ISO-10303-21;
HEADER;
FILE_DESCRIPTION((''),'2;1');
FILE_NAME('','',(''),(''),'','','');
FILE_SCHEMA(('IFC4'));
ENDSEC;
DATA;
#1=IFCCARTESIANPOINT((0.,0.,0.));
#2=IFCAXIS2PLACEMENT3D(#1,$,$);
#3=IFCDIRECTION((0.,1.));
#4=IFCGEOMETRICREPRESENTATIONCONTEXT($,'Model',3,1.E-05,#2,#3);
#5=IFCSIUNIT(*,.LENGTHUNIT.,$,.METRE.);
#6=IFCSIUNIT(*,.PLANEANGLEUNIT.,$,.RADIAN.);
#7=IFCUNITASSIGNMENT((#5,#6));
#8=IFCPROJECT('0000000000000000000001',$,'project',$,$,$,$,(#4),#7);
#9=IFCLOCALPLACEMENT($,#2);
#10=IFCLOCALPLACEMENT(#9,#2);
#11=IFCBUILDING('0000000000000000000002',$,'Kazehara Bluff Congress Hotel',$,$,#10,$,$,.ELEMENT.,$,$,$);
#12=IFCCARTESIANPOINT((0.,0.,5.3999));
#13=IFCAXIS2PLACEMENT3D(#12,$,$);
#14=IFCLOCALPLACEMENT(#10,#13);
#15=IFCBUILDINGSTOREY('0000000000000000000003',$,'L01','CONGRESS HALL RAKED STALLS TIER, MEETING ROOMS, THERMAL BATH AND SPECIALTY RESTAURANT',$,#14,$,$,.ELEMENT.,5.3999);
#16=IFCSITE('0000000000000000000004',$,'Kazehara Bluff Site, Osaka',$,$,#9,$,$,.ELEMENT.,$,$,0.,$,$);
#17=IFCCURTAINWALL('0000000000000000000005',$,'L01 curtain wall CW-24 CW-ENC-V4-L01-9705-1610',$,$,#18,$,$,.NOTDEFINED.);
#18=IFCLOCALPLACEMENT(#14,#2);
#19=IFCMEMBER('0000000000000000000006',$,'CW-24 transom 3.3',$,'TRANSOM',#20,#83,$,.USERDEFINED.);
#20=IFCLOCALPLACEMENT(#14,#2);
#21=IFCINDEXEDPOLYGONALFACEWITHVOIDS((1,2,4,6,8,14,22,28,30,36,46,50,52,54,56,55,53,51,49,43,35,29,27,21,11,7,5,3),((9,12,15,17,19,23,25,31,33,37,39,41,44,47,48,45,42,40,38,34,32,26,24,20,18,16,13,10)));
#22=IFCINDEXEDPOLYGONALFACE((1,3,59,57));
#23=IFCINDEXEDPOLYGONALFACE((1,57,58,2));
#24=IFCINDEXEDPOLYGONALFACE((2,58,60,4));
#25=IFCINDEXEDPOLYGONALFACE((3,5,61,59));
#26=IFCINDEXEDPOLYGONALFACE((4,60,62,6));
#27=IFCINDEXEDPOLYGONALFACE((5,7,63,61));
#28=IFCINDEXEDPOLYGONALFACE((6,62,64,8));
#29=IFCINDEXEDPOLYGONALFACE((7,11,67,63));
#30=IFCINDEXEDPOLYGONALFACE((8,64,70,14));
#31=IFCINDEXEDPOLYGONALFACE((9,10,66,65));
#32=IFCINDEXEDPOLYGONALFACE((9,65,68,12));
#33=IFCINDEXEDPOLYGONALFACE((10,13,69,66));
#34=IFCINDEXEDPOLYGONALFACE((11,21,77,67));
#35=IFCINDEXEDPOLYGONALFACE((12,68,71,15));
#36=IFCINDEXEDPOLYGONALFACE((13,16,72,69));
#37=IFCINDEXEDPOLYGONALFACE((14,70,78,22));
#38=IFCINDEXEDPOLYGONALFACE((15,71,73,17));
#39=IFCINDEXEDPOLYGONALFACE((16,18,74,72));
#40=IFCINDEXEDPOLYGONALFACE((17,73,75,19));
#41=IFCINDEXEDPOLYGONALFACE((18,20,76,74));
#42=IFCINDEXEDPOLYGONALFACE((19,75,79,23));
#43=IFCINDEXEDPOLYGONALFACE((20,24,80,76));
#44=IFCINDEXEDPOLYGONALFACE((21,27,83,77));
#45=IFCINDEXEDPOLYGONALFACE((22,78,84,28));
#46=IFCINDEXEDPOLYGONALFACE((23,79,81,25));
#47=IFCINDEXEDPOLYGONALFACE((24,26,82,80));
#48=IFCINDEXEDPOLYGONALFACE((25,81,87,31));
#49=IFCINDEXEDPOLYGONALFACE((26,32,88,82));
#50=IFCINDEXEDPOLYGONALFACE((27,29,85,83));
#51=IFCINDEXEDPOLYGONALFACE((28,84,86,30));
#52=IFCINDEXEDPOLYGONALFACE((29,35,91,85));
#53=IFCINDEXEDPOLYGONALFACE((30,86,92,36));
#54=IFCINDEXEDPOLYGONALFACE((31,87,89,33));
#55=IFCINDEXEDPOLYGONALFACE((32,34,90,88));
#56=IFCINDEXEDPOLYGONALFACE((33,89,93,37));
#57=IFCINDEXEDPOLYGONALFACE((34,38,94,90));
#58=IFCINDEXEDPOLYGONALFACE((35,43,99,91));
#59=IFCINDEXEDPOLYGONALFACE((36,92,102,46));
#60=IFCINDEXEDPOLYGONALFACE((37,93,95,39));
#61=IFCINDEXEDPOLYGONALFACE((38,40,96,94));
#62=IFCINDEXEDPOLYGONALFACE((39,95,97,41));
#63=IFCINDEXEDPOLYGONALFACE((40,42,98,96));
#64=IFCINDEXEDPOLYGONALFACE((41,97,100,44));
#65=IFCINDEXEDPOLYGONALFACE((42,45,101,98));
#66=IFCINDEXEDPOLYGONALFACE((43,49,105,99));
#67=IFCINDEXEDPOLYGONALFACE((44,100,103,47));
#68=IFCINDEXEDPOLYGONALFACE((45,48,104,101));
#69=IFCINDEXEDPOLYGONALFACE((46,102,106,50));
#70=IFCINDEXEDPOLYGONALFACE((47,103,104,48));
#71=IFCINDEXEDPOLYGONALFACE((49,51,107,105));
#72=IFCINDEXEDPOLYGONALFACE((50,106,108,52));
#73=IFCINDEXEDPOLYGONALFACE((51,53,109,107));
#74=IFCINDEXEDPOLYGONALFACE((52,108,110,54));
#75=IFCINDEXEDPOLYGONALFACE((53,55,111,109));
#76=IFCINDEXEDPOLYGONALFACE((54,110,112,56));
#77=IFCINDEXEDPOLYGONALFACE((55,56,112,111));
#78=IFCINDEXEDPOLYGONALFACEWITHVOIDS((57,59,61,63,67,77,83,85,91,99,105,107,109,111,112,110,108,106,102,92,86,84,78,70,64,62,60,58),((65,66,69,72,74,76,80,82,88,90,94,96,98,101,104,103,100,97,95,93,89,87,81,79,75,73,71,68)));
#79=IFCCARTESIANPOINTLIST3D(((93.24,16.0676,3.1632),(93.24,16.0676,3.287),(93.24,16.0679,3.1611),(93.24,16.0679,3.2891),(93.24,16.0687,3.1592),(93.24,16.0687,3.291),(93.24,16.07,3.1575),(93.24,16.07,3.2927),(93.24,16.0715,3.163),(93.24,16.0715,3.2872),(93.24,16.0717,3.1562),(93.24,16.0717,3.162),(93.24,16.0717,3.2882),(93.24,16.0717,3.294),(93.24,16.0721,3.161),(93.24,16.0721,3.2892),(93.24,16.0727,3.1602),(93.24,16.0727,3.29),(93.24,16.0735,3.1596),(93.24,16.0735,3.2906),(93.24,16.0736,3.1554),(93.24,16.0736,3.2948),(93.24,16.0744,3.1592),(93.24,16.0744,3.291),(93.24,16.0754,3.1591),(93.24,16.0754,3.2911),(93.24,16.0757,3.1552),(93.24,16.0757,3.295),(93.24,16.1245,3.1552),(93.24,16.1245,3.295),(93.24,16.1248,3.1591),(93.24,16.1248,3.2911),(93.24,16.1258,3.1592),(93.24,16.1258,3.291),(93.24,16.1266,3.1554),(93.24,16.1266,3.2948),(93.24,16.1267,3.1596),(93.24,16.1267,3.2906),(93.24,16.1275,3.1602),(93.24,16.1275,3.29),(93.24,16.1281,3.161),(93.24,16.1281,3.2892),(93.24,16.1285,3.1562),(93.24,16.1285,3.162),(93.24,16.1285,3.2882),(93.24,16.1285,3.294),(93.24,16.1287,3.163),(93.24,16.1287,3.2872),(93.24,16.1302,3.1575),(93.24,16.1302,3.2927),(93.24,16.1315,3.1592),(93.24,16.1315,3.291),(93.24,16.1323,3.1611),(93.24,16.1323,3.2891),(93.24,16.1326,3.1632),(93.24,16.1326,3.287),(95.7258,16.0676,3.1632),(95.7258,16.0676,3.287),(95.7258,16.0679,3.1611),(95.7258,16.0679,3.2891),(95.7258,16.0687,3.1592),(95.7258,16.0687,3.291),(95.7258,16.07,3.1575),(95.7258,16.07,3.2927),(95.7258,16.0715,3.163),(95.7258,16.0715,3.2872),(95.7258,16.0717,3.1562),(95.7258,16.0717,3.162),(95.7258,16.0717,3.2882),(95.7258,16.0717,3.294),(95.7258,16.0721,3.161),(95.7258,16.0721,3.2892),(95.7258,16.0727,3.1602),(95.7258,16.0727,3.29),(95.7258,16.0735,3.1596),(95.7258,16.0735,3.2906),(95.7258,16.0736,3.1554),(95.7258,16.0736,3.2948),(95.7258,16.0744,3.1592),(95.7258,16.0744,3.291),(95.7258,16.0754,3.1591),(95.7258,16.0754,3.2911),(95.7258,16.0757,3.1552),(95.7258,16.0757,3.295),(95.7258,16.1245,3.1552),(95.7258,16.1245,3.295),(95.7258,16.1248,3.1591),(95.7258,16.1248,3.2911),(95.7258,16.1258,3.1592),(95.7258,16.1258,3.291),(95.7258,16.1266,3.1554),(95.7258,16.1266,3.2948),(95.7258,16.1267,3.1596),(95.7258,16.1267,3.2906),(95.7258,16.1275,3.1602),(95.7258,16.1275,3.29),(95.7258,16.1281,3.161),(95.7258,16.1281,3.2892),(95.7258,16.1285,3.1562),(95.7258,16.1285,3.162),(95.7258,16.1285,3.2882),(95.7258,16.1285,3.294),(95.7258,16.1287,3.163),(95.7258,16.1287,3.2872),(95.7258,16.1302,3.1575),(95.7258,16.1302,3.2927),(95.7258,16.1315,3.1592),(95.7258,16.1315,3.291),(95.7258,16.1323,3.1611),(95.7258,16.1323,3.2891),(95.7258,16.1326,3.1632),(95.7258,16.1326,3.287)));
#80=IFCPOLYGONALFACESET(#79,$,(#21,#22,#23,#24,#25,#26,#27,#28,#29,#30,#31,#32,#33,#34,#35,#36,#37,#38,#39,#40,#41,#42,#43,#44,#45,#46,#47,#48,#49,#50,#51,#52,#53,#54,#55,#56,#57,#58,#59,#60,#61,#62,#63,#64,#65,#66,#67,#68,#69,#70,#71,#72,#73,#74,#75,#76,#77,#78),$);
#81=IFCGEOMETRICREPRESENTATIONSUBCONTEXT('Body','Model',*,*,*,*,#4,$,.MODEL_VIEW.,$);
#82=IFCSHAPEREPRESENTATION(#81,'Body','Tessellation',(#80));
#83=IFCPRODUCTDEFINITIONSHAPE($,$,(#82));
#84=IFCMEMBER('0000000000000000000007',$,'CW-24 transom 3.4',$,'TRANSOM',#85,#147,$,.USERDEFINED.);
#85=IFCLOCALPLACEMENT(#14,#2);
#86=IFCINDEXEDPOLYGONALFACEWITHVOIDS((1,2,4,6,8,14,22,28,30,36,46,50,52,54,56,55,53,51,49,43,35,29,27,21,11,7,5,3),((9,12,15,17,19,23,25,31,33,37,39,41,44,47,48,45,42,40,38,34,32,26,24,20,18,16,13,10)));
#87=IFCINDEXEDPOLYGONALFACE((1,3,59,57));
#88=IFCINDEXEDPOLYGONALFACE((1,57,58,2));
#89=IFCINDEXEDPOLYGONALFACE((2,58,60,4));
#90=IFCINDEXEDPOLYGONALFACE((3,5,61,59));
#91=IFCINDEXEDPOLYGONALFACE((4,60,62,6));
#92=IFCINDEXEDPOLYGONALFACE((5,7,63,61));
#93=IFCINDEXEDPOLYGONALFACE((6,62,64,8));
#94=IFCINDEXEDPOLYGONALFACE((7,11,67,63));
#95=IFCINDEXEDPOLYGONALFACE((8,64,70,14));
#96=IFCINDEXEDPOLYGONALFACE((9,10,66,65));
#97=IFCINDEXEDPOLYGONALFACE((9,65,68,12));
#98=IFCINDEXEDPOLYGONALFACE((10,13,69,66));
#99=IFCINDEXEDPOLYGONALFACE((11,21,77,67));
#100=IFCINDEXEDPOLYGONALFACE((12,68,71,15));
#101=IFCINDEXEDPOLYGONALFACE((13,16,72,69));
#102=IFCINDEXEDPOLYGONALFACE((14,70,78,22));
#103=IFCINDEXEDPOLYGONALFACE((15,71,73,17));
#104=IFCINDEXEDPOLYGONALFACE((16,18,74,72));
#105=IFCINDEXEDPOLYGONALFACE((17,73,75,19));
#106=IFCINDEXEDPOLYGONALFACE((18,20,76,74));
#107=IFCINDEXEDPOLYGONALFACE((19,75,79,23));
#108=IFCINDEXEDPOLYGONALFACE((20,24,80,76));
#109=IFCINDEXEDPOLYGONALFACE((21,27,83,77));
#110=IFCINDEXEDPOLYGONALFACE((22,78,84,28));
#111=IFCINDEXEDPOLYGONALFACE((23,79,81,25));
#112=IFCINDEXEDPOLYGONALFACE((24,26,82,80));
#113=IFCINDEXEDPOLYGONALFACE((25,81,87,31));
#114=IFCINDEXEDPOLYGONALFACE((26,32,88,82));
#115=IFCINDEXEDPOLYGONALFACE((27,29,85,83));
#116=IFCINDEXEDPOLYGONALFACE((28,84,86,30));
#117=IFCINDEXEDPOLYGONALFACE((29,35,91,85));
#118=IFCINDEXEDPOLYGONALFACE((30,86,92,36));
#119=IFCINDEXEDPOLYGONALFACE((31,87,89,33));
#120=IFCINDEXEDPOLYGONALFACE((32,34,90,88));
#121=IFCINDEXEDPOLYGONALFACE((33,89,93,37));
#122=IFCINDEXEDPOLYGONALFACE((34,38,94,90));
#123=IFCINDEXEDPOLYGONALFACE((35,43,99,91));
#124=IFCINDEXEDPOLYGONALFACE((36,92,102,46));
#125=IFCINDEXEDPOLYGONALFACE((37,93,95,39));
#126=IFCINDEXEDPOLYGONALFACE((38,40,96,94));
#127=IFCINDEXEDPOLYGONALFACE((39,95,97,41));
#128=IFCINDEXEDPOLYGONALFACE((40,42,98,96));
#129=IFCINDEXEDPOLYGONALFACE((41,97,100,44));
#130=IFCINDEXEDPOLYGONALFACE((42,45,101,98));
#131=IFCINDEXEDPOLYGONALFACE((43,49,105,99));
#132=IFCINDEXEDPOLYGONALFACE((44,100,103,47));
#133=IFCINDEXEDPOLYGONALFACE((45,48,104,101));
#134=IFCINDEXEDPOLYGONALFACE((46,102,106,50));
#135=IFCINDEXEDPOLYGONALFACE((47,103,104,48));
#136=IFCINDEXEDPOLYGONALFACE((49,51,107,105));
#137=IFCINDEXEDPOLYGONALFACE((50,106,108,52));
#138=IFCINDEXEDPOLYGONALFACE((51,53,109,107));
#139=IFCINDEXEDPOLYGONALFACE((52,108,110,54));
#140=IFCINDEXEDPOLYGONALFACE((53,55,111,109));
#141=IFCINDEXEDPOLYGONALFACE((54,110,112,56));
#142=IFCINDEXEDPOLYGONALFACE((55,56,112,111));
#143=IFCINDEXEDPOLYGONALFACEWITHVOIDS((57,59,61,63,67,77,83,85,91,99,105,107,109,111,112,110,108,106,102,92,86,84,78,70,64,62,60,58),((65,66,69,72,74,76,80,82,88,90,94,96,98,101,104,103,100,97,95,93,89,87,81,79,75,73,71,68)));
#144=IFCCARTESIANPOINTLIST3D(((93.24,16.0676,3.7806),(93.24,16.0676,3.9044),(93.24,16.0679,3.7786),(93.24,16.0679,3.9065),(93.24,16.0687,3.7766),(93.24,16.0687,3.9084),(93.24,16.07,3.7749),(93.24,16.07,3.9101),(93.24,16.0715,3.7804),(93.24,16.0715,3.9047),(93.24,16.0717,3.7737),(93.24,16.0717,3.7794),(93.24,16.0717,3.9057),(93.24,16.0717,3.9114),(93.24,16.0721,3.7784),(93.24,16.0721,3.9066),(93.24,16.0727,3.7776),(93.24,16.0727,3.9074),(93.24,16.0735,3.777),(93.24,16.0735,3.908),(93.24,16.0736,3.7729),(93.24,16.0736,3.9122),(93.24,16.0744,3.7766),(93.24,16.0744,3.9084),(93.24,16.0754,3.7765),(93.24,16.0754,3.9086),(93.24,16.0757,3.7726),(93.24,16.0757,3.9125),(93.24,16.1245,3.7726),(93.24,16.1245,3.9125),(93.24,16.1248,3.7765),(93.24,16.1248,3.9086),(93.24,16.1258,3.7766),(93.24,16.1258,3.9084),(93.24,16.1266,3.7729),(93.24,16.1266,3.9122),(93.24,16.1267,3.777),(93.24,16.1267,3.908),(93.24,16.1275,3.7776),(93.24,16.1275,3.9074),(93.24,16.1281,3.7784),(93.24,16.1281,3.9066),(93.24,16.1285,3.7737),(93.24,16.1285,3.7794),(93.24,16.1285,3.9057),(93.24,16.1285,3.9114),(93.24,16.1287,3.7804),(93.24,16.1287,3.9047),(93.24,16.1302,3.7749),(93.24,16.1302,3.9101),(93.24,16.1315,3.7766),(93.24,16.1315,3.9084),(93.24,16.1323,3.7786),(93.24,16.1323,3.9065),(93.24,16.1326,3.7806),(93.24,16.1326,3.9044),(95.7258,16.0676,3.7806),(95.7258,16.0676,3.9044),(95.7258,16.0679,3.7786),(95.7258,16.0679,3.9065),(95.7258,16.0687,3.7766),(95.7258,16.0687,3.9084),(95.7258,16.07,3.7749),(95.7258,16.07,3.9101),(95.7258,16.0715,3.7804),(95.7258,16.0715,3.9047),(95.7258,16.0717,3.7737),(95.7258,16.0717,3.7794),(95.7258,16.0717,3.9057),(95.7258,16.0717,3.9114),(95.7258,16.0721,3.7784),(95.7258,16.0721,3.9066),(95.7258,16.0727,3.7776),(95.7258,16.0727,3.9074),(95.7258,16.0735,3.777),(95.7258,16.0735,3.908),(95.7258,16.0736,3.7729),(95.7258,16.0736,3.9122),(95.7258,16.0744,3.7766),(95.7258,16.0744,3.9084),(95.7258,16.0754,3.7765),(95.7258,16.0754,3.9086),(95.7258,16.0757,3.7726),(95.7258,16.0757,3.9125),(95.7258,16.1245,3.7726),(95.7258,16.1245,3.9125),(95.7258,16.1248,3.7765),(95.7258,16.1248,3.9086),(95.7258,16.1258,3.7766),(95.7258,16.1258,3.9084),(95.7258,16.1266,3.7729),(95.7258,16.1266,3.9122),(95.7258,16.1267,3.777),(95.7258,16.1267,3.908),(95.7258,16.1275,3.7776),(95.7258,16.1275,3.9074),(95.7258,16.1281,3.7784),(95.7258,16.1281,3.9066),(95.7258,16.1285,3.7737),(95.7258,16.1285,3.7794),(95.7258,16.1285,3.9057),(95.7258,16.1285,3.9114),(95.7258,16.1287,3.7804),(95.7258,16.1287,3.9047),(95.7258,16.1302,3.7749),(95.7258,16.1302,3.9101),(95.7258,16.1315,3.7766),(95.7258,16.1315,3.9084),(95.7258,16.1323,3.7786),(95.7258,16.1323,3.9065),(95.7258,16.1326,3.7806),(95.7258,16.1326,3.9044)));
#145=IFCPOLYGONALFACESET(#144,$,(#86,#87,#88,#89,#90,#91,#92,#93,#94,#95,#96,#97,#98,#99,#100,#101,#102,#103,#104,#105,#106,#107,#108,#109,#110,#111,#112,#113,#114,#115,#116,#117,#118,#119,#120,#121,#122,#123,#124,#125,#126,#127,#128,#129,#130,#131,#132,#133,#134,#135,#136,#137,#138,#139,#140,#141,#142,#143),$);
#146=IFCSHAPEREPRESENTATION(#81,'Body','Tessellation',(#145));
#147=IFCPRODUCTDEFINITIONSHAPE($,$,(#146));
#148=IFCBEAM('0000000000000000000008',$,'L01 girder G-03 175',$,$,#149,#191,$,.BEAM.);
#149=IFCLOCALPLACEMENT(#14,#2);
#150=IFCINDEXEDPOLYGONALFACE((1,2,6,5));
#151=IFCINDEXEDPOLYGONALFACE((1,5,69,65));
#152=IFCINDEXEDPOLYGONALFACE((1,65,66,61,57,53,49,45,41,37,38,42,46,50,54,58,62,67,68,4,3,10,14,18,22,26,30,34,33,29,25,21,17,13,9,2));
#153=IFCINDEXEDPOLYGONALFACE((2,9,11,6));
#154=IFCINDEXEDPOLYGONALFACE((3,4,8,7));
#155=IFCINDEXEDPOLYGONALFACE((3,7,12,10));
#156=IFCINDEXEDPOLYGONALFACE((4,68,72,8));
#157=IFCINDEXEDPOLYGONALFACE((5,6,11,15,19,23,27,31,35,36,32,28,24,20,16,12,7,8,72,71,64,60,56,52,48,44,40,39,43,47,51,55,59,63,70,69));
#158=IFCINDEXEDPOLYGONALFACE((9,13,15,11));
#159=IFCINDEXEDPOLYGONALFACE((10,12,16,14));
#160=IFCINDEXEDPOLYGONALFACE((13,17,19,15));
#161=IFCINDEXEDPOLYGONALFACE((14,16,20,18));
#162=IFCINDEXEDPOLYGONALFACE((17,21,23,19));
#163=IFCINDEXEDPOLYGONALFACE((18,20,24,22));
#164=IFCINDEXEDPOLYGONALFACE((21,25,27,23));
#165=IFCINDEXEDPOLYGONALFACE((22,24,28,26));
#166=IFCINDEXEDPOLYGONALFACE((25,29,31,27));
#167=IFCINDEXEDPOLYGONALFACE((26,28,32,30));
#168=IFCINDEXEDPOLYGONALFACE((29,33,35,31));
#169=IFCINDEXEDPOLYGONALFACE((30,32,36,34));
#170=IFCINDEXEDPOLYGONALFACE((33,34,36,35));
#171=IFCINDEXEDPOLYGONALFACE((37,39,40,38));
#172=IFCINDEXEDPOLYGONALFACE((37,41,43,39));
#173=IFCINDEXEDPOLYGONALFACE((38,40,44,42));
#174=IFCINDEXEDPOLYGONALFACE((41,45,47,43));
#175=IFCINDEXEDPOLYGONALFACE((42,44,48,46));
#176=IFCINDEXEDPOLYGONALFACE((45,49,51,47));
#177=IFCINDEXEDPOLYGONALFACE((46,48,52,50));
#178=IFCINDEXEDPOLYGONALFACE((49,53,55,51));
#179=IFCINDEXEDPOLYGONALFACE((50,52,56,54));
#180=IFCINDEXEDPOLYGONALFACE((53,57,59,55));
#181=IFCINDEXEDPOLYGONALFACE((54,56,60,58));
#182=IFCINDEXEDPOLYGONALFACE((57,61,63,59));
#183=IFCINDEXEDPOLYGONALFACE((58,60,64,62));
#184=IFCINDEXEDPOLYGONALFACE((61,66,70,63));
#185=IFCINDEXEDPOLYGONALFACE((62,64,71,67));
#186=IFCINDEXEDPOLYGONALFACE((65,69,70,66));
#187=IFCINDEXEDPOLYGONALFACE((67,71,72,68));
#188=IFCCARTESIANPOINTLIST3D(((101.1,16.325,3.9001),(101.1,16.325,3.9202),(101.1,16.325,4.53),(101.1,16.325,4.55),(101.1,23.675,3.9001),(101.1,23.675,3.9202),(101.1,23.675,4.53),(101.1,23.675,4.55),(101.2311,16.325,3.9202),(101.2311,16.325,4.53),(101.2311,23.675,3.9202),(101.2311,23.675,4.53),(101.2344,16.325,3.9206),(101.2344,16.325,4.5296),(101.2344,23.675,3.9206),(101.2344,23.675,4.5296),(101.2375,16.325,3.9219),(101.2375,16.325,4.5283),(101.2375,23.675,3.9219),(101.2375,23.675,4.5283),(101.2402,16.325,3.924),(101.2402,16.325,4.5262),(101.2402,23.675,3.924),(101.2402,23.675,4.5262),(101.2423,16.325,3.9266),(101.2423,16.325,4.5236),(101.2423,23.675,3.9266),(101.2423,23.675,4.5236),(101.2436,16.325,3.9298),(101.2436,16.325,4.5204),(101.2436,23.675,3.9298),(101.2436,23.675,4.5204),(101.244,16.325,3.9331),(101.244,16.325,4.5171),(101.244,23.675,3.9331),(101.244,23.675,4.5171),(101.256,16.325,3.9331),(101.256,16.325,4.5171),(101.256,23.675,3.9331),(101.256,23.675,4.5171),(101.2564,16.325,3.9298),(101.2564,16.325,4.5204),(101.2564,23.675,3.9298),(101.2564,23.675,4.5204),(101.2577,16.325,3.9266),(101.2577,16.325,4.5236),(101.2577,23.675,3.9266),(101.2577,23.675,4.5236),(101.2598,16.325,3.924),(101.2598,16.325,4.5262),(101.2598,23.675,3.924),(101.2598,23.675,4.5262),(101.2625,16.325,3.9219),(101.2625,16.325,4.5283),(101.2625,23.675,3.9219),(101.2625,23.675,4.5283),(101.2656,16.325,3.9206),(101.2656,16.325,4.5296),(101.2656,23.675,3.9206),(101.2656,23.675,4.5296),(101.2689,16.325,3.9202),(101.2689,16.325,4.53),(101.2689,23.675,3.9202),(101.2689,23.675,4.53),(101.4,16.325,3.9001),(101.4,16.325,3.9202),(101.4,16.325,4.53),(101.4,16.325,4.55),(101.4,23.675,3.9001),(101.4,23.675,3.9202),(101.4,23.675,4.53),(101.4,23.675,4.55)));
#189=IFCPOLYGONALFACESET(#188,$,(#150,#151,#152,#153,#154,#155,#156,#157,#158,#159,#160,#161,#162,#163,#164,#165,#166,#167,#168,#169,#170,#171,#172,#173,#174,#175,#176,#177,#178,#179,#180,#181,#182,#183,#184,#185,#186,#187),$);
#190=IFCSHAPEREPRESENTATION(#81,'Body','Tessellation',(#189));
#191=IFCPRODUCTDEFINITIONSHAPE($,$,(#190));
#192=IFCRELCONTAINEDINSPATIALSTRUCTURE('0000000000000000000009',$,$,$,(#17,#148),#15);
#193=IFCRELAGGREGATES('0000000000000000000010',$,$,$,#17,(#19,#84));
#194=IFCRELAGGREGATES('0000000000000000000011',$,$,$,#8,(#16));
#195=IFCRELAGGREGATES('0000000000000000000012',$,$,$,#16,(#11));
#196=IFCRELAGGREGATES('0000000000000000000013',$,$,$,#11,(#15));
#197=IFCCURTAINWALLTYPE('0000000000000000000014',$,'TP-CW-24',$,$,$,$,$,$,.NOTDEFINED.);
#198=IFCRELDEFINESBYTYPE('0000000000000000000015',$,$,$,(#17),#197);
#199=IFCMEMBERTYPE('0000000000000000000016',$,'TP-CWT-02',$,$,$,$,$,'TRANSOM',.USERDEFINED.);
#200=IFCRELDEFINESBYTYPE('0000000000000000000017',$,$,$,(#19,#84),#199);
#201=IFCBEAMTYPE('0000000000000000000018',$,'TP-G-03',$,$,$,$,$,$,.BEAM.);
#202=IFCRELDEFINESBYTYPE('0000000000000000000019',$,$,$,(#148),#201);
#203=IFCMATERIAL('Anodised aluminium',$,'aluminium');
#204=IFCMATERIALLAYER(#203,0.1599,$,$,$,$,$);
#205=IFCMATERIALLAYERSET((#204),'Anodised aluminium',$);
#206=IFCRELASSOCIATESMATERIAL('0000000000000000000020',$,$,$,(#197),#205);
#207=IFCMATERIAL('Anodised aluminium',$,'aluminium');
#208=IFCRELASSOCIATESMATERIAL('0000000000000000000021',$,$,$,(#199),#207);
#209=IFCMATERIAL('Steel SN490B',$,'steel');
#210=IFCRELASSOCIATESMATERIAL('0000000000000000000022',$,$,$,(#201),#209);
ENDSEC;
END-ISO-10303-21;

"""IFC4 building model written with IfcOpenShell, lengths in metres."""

from ifc_helpers import new_model, si_unit, direction, frame, origin, origin_2d, place, context, subcontext, project, spatial, hollow_rectangle, i_section, extrude, material, layer, layer_set, material_profile, profile_set, type_object, element, aggregate, save


model = new_model("IFC4")

# Units and contexts
model_context = context("Model", 3, precision=1e-05, world=origin(), true_north=direction((0.0, 1.0)))
body_context = subcontext(model_context, "Body", "Model", "MODEL_VIEW")
ifc_project = project(units=[si_unit("LENGTHUNIT", "METRE"), si_unit("PLANEANGLEUNIT", "RADIAN")], contexts=[model_context])

# Site, building, storey
site_placement = place(None, origin())
site = spatial("IfcSite", under=ifc_project, at=site_placement, Name="Kazehara Bluff Site, Osaka", CompositionType="ELEMENT", RefElevation=0.0)
building_placement = place(site_placement, origin())
building = spatial("IfcBuilding", under=site, at=building_placement, Name="Kazehara Bluff Congress Hotel", CompositionType="ELEMENT")
storey_placement = place(building_placement, frame((0.0, 0.0, 5.3999)))
storey = spatial("IfcBuildingStorey", under=building, at=storey_placement, Name="L01", Description="CONGRESS HALL RAKED STALLS TIER, MEETING ROOMS, THERMAL BATH AND SPECIALTY RESTAURANT", CompositionType="ELEMENT", Elevation=5.3999)

# Curtain wall
ifc_material_1 = material(Name="Anodised aluminium", Category="aluminium")
ifc_layer_1 = layer(ifc_material_1, 0.1599)
ifc_layer_set_1 = layer_set([ifc_layer_1], Name="Anodised aluminium")
curtain_wall_type_1 = type_object("IfcCurtainWallType", Name="TP-CW-24", PredefinedType="NOTDEFINED", material=ifc_layer_set_1)
curtain_wall_1_placement = place(storey_placement, origin())
curtain_wall_1 = element("IfcCurtainWall", 1, at=curtain_wall_1_placement, inside=storey, type_object=curtain_wall_type_1, Name="L01 curtain wall CW-24 CW-ENC-V4-L01-9705-1610", PredefinedType="NOTDEFINED")

# Members
ifc_material_2 = material(Name="Anodised aluminium", Category="aluminium")
ifc_material_profile_1 = material_profile(ifc_material_2, hollow_rectangle(XDim=0.0649, YDim=0.1399, WallThickness=0.0039, InnerFilletRadius=0.0039, OuterFilletRadius=0.0081, at=origin_2d()))
ifc_profile_set_1 = profile_set([ifc_material_profile_1], Name="Anodised aluminium")
member_type_1 = type_object("IfcMemberType", Name="TP-CWT-02", ElementType="TRANSOM", PredefinedType="USERDEFINED", material=ifc_profile_set_1)
member_1_placement = place(storey_placement, frame((95.7258, 16.1001, 3.2251), z_axis=(-1.0, 0.0, 0.0), x_axis=(0.0, -1.0, 0.0)))
member_1 = element("IfcMember", 2, at=member_1_placement, type_object=member_type_1, Name="CW-24 transom 3.3", ObjectType="TRANSOM", PredefinedType="USERDEFINED", context=body_context, shape_type="SweptSolid", body=[
    extrude(hollow_rectangle(XDim=0.0649, YDim=0.1399, WallThickness=0.0039, InnerFilletRadius=0.0039, OuterFilletRadius=0.0081, at=origin_2d()), origin(), (0.0, 0.0, 1.0), 2.4858),
])
member_2_placement = place(storey_placement, frame((95.7258, 16.1001, 3.8425), z_axis=(-1.0, 0.0, 0.0), x_axis=(0.0, -1.0, 0.0)))
member_2 = element("IfcMember", 3, at=member_2_placement, type_object=member_type_1, Name="CW-24 transom 3.4", ObjectType="TRANSOM", PredefinedType="USERDEFINED", context=body_context, shape_type="SweptSolid", body=[
    extrude(hollow_rectangle(XDim=0.0649, YDim=0.1399, WallThickness=0.0039, InnerFilletRadius=0.0039, OuterFilletRadius=0.0081, at=origin_2d()), origin(), (0.0, 0.0, 1.0), 2.4858),
])

# Beam
ifc_material_3 = material(Name="Steel SN490B", Category="steel")
ifc_material_profile_2 = material_profile(ifc_material_3, i_section(OverallWidth=0.3, OverallDepth=0.6499, WebThickness=0.012, FlangeThickness=0.02, FilletRadius=0.0129, at=origin_2d()))
ifc_profile_set_2 = profile_set([ifc_material_profile_2], Name="Steel SN490B")
beam_type_1 = type_object("IfcBeamType", Name="TP-G-03", PredefinedType="BEAM", material=ifc_profile_set_2)
beam_1_placement = place(storey_placement, frame((101.25, 16.325, 4.2251), z_axis=(0.0, 1.0, 0.0), x_axis=(-1.0, 0.0, 0.0)))
element("IfcBeam", 4, at=beam_1_placement, inside=storey, type_object=beam_type_1, Name="L01 girder G-03 175", PredefinedType="BEAM", context=body_context, shape_type="SweptSolid", body=[
    extrude(i_section(OverallWidth=0.3, OverallDepth=0.6499, WebThickness=0.012, FlangeThickness=0.02, FilletRadius=0.0129, at=origin_2d()), origin(), (0.0, 0.0, 1.0), 7.3501),
])

aggregate(curtain_wall_1, [member_1, member_2])

save(model, "model.ifc")
